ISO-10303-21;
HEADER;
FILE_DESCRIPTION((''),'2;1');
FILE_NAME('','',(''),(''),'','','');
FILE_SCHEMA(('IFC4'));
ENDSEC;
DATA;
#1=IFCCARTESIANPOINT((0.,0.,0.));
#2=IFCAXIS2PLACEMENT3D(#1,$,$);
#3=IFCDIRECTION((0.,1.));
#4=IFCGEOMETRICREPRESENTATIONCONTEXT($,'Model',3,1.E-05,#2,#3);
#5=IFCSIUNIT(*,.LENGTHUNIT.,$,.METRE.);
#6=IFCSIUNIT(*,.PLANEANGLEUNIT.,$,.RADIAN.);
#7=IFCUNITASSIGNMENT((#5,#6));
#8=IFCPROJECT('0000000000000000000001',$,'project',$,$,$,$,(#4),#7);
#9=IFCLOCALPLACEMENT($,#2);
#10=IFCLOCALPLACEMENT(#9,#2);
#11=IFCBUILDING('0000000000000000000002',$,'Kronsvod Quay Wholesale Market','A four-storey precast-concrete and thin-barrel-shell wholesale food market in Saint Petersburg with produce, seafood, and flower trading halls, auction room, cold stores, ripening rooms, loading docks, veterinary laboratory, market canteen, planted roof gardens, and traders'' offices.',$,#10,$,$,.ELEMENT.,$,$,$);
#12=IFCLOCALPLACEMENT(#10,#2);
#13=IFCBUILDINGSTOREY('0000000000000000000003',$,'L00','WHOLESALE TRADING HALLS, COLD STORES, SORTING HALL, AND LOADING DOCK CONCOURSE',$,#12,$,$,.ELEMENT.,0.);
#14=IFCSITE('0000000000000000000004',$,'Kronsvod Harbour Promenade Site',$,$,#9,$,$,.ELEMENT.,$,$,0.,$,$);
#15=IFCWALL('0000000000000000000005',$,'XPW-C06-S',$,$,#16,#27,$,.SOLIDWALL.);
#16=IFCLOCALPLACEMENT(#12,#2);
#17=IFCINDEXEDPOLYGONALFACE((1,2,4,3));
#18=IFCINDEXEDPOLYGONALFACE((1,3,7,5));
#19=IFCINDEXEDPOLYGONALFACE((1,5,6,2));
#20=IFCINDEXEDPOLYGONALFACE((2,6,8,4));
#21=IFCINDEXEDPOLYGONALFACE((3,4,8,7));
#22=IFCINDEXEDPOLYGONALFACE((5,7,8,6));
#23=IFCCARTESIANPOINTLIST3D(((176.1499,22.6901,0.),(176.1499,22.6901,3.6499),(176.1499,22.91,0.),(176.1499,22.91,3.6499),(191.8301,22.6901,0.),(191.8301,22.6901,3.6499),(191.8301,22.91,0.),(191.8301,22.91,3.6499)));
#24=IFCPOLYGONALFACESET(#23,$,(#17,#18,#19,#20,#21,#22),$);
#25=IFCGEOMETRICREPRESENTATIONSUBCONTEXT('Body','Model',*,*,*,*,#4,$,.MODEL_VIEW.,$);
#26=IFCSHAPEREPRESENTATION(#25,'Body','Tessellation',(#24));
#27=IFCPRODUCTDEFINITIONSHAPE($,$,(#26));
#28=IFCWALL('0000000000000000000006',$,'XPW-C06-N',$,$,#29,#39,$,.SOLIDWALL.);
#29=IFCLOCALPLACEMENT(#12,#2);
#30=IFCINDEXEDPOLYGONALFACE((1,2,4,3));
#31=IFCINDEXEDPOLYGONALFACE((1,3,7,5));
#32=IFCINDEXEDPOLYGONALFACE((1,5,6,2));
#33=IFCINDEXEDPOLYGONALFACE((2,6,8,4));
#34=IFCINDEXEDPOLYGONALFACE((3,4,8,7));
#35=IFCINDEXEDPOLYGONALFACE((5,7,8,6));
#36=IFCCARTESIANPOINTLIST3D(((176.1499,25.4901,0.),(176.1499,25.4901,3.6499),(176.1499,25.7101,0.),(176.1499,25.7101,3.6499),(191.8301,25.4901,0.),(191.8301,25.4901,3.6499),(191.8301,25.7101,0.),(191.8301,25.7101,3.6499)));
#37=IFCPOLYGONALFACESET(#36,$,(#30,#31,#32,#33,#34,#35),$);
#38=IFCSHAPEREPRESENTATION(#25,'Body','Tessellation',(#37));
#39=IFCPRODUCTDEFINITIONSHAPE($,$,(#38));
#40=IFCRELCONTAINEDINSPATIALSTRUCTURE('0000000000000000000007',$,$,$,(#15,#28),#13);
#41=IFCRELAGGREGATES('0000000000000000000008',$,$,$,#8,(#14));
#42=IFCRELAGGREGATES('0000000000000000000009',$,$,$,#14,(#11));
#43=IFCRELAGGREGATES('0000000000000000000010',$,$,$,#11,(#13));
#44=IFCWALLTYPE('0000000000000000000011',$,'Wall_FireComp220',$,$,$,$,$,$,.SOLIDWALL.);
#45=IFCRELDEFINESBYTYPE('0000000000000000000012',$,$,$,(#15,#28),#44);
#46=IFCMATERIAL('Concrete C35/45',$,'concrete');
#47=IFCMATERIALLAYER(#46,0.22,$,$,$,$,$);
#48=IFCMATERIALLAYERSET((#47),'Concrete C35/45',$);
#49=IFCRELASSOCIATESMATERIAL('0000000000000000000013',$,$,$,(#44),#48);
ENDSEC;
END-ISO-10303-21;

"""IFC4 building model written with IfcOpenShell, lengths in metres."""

from ifc_helpers import new_model, si_unit, direction, frame, frame_2d, origin, place, context, subcontext, project, spatial, rectangle, extrude, material, layer, layer_set, type_object, element, save


model = new_model("IFC4")

# Units and contexts
model_context = context("Model", 3, precision=1e-05, world=origin(), true_north=direction((0.0, 1.0)))
body_context = subcontext(model_context, "Body", "Model", "MODEL_VIEW")
ifc_project = project(units=[si_unit("LENGTHUNIT", "METRE"), si_unit("PLANEANGLEUNIT", "RADIAN")], contexts=[model_context])

# Site, building, storey
site_placement = place(None, origin())
site = spatial("IfcSite", under=ifc_project, at=site_placement, Name="Kronsvod Harbour Promenade Site", CompositionType="ELEMENT", RefElevation=0.0)
building_placement = place(site_placement, origin())
building = spatial("IfcBuilding", under=site, at=building_placement, Name="Kronsvod Quay Wholesale Market", Description="A four-storey precast-concrete and thin-barrel-shell wholesale food market in Saint Petersburg with produce, seafood, and flower trading halls, auction room, cold stores, ripening rooms, loading docks, veterinary laboratory, market canteen, planted roof gardens, and traders' offices.", CompositionType="ELEMENT")
storey_placement = place(building_placement, origin())
storey = spatial("IfcBuildingStorey", under=building, at=storey_placement, Name="L00", Description="WHOLESALE TRADING HALLS, COLD STORES, SORTING HALL, AND LOADING DOCK CONCOURSE", CompositionType="ELEMENT", Elevation=0.0)

# Shared definitions
ifc_material_1 = material(Name="Concrete C35/45", Category="concrete")
ifc_layer_1 = layer(ifc_material_1, 0.22)
ifc_layer_set_1 = layer_set([ifc_layer_1], Name="Concrete C35/45")
wall_type_1 = type_object("IfcWallType", Name="Wall_FireComp220", PredefinedType="SOLIDWALL", material=ifc_layer_set_1)

# Walls
for number, where, z_axis, x_axis, name in (
    (1, (176.1499, 22.8, 0.0), (0.0, 0.0, 1.0), (1.0, 0.0, 0.0), "XPW-C06-S"),
    (2, (176.1499, 25.6001, 0.0), (0.0, 0.0, 1.0), (1.0, 0.0, 0.0), "XPW-C06-N"),
):
    element("IfcWall", number, at=place(storey_placement, frame(where, z_axis=z_axis, x_axis=x_axis)), inside=storey, type_object=wall_type_1, Name=name, PredefinedType="SOLIDWALL", context=body_context, shape_type="SweptSolid", body=[
        extrude(rectangle(XDim=15.6802, YDim=0.22, at=frame_2d((7.8401, 0.0))), origin(), (0.0, 0.0, 1.0), 3.6499),
    ])

save(model, "model.ifc")
